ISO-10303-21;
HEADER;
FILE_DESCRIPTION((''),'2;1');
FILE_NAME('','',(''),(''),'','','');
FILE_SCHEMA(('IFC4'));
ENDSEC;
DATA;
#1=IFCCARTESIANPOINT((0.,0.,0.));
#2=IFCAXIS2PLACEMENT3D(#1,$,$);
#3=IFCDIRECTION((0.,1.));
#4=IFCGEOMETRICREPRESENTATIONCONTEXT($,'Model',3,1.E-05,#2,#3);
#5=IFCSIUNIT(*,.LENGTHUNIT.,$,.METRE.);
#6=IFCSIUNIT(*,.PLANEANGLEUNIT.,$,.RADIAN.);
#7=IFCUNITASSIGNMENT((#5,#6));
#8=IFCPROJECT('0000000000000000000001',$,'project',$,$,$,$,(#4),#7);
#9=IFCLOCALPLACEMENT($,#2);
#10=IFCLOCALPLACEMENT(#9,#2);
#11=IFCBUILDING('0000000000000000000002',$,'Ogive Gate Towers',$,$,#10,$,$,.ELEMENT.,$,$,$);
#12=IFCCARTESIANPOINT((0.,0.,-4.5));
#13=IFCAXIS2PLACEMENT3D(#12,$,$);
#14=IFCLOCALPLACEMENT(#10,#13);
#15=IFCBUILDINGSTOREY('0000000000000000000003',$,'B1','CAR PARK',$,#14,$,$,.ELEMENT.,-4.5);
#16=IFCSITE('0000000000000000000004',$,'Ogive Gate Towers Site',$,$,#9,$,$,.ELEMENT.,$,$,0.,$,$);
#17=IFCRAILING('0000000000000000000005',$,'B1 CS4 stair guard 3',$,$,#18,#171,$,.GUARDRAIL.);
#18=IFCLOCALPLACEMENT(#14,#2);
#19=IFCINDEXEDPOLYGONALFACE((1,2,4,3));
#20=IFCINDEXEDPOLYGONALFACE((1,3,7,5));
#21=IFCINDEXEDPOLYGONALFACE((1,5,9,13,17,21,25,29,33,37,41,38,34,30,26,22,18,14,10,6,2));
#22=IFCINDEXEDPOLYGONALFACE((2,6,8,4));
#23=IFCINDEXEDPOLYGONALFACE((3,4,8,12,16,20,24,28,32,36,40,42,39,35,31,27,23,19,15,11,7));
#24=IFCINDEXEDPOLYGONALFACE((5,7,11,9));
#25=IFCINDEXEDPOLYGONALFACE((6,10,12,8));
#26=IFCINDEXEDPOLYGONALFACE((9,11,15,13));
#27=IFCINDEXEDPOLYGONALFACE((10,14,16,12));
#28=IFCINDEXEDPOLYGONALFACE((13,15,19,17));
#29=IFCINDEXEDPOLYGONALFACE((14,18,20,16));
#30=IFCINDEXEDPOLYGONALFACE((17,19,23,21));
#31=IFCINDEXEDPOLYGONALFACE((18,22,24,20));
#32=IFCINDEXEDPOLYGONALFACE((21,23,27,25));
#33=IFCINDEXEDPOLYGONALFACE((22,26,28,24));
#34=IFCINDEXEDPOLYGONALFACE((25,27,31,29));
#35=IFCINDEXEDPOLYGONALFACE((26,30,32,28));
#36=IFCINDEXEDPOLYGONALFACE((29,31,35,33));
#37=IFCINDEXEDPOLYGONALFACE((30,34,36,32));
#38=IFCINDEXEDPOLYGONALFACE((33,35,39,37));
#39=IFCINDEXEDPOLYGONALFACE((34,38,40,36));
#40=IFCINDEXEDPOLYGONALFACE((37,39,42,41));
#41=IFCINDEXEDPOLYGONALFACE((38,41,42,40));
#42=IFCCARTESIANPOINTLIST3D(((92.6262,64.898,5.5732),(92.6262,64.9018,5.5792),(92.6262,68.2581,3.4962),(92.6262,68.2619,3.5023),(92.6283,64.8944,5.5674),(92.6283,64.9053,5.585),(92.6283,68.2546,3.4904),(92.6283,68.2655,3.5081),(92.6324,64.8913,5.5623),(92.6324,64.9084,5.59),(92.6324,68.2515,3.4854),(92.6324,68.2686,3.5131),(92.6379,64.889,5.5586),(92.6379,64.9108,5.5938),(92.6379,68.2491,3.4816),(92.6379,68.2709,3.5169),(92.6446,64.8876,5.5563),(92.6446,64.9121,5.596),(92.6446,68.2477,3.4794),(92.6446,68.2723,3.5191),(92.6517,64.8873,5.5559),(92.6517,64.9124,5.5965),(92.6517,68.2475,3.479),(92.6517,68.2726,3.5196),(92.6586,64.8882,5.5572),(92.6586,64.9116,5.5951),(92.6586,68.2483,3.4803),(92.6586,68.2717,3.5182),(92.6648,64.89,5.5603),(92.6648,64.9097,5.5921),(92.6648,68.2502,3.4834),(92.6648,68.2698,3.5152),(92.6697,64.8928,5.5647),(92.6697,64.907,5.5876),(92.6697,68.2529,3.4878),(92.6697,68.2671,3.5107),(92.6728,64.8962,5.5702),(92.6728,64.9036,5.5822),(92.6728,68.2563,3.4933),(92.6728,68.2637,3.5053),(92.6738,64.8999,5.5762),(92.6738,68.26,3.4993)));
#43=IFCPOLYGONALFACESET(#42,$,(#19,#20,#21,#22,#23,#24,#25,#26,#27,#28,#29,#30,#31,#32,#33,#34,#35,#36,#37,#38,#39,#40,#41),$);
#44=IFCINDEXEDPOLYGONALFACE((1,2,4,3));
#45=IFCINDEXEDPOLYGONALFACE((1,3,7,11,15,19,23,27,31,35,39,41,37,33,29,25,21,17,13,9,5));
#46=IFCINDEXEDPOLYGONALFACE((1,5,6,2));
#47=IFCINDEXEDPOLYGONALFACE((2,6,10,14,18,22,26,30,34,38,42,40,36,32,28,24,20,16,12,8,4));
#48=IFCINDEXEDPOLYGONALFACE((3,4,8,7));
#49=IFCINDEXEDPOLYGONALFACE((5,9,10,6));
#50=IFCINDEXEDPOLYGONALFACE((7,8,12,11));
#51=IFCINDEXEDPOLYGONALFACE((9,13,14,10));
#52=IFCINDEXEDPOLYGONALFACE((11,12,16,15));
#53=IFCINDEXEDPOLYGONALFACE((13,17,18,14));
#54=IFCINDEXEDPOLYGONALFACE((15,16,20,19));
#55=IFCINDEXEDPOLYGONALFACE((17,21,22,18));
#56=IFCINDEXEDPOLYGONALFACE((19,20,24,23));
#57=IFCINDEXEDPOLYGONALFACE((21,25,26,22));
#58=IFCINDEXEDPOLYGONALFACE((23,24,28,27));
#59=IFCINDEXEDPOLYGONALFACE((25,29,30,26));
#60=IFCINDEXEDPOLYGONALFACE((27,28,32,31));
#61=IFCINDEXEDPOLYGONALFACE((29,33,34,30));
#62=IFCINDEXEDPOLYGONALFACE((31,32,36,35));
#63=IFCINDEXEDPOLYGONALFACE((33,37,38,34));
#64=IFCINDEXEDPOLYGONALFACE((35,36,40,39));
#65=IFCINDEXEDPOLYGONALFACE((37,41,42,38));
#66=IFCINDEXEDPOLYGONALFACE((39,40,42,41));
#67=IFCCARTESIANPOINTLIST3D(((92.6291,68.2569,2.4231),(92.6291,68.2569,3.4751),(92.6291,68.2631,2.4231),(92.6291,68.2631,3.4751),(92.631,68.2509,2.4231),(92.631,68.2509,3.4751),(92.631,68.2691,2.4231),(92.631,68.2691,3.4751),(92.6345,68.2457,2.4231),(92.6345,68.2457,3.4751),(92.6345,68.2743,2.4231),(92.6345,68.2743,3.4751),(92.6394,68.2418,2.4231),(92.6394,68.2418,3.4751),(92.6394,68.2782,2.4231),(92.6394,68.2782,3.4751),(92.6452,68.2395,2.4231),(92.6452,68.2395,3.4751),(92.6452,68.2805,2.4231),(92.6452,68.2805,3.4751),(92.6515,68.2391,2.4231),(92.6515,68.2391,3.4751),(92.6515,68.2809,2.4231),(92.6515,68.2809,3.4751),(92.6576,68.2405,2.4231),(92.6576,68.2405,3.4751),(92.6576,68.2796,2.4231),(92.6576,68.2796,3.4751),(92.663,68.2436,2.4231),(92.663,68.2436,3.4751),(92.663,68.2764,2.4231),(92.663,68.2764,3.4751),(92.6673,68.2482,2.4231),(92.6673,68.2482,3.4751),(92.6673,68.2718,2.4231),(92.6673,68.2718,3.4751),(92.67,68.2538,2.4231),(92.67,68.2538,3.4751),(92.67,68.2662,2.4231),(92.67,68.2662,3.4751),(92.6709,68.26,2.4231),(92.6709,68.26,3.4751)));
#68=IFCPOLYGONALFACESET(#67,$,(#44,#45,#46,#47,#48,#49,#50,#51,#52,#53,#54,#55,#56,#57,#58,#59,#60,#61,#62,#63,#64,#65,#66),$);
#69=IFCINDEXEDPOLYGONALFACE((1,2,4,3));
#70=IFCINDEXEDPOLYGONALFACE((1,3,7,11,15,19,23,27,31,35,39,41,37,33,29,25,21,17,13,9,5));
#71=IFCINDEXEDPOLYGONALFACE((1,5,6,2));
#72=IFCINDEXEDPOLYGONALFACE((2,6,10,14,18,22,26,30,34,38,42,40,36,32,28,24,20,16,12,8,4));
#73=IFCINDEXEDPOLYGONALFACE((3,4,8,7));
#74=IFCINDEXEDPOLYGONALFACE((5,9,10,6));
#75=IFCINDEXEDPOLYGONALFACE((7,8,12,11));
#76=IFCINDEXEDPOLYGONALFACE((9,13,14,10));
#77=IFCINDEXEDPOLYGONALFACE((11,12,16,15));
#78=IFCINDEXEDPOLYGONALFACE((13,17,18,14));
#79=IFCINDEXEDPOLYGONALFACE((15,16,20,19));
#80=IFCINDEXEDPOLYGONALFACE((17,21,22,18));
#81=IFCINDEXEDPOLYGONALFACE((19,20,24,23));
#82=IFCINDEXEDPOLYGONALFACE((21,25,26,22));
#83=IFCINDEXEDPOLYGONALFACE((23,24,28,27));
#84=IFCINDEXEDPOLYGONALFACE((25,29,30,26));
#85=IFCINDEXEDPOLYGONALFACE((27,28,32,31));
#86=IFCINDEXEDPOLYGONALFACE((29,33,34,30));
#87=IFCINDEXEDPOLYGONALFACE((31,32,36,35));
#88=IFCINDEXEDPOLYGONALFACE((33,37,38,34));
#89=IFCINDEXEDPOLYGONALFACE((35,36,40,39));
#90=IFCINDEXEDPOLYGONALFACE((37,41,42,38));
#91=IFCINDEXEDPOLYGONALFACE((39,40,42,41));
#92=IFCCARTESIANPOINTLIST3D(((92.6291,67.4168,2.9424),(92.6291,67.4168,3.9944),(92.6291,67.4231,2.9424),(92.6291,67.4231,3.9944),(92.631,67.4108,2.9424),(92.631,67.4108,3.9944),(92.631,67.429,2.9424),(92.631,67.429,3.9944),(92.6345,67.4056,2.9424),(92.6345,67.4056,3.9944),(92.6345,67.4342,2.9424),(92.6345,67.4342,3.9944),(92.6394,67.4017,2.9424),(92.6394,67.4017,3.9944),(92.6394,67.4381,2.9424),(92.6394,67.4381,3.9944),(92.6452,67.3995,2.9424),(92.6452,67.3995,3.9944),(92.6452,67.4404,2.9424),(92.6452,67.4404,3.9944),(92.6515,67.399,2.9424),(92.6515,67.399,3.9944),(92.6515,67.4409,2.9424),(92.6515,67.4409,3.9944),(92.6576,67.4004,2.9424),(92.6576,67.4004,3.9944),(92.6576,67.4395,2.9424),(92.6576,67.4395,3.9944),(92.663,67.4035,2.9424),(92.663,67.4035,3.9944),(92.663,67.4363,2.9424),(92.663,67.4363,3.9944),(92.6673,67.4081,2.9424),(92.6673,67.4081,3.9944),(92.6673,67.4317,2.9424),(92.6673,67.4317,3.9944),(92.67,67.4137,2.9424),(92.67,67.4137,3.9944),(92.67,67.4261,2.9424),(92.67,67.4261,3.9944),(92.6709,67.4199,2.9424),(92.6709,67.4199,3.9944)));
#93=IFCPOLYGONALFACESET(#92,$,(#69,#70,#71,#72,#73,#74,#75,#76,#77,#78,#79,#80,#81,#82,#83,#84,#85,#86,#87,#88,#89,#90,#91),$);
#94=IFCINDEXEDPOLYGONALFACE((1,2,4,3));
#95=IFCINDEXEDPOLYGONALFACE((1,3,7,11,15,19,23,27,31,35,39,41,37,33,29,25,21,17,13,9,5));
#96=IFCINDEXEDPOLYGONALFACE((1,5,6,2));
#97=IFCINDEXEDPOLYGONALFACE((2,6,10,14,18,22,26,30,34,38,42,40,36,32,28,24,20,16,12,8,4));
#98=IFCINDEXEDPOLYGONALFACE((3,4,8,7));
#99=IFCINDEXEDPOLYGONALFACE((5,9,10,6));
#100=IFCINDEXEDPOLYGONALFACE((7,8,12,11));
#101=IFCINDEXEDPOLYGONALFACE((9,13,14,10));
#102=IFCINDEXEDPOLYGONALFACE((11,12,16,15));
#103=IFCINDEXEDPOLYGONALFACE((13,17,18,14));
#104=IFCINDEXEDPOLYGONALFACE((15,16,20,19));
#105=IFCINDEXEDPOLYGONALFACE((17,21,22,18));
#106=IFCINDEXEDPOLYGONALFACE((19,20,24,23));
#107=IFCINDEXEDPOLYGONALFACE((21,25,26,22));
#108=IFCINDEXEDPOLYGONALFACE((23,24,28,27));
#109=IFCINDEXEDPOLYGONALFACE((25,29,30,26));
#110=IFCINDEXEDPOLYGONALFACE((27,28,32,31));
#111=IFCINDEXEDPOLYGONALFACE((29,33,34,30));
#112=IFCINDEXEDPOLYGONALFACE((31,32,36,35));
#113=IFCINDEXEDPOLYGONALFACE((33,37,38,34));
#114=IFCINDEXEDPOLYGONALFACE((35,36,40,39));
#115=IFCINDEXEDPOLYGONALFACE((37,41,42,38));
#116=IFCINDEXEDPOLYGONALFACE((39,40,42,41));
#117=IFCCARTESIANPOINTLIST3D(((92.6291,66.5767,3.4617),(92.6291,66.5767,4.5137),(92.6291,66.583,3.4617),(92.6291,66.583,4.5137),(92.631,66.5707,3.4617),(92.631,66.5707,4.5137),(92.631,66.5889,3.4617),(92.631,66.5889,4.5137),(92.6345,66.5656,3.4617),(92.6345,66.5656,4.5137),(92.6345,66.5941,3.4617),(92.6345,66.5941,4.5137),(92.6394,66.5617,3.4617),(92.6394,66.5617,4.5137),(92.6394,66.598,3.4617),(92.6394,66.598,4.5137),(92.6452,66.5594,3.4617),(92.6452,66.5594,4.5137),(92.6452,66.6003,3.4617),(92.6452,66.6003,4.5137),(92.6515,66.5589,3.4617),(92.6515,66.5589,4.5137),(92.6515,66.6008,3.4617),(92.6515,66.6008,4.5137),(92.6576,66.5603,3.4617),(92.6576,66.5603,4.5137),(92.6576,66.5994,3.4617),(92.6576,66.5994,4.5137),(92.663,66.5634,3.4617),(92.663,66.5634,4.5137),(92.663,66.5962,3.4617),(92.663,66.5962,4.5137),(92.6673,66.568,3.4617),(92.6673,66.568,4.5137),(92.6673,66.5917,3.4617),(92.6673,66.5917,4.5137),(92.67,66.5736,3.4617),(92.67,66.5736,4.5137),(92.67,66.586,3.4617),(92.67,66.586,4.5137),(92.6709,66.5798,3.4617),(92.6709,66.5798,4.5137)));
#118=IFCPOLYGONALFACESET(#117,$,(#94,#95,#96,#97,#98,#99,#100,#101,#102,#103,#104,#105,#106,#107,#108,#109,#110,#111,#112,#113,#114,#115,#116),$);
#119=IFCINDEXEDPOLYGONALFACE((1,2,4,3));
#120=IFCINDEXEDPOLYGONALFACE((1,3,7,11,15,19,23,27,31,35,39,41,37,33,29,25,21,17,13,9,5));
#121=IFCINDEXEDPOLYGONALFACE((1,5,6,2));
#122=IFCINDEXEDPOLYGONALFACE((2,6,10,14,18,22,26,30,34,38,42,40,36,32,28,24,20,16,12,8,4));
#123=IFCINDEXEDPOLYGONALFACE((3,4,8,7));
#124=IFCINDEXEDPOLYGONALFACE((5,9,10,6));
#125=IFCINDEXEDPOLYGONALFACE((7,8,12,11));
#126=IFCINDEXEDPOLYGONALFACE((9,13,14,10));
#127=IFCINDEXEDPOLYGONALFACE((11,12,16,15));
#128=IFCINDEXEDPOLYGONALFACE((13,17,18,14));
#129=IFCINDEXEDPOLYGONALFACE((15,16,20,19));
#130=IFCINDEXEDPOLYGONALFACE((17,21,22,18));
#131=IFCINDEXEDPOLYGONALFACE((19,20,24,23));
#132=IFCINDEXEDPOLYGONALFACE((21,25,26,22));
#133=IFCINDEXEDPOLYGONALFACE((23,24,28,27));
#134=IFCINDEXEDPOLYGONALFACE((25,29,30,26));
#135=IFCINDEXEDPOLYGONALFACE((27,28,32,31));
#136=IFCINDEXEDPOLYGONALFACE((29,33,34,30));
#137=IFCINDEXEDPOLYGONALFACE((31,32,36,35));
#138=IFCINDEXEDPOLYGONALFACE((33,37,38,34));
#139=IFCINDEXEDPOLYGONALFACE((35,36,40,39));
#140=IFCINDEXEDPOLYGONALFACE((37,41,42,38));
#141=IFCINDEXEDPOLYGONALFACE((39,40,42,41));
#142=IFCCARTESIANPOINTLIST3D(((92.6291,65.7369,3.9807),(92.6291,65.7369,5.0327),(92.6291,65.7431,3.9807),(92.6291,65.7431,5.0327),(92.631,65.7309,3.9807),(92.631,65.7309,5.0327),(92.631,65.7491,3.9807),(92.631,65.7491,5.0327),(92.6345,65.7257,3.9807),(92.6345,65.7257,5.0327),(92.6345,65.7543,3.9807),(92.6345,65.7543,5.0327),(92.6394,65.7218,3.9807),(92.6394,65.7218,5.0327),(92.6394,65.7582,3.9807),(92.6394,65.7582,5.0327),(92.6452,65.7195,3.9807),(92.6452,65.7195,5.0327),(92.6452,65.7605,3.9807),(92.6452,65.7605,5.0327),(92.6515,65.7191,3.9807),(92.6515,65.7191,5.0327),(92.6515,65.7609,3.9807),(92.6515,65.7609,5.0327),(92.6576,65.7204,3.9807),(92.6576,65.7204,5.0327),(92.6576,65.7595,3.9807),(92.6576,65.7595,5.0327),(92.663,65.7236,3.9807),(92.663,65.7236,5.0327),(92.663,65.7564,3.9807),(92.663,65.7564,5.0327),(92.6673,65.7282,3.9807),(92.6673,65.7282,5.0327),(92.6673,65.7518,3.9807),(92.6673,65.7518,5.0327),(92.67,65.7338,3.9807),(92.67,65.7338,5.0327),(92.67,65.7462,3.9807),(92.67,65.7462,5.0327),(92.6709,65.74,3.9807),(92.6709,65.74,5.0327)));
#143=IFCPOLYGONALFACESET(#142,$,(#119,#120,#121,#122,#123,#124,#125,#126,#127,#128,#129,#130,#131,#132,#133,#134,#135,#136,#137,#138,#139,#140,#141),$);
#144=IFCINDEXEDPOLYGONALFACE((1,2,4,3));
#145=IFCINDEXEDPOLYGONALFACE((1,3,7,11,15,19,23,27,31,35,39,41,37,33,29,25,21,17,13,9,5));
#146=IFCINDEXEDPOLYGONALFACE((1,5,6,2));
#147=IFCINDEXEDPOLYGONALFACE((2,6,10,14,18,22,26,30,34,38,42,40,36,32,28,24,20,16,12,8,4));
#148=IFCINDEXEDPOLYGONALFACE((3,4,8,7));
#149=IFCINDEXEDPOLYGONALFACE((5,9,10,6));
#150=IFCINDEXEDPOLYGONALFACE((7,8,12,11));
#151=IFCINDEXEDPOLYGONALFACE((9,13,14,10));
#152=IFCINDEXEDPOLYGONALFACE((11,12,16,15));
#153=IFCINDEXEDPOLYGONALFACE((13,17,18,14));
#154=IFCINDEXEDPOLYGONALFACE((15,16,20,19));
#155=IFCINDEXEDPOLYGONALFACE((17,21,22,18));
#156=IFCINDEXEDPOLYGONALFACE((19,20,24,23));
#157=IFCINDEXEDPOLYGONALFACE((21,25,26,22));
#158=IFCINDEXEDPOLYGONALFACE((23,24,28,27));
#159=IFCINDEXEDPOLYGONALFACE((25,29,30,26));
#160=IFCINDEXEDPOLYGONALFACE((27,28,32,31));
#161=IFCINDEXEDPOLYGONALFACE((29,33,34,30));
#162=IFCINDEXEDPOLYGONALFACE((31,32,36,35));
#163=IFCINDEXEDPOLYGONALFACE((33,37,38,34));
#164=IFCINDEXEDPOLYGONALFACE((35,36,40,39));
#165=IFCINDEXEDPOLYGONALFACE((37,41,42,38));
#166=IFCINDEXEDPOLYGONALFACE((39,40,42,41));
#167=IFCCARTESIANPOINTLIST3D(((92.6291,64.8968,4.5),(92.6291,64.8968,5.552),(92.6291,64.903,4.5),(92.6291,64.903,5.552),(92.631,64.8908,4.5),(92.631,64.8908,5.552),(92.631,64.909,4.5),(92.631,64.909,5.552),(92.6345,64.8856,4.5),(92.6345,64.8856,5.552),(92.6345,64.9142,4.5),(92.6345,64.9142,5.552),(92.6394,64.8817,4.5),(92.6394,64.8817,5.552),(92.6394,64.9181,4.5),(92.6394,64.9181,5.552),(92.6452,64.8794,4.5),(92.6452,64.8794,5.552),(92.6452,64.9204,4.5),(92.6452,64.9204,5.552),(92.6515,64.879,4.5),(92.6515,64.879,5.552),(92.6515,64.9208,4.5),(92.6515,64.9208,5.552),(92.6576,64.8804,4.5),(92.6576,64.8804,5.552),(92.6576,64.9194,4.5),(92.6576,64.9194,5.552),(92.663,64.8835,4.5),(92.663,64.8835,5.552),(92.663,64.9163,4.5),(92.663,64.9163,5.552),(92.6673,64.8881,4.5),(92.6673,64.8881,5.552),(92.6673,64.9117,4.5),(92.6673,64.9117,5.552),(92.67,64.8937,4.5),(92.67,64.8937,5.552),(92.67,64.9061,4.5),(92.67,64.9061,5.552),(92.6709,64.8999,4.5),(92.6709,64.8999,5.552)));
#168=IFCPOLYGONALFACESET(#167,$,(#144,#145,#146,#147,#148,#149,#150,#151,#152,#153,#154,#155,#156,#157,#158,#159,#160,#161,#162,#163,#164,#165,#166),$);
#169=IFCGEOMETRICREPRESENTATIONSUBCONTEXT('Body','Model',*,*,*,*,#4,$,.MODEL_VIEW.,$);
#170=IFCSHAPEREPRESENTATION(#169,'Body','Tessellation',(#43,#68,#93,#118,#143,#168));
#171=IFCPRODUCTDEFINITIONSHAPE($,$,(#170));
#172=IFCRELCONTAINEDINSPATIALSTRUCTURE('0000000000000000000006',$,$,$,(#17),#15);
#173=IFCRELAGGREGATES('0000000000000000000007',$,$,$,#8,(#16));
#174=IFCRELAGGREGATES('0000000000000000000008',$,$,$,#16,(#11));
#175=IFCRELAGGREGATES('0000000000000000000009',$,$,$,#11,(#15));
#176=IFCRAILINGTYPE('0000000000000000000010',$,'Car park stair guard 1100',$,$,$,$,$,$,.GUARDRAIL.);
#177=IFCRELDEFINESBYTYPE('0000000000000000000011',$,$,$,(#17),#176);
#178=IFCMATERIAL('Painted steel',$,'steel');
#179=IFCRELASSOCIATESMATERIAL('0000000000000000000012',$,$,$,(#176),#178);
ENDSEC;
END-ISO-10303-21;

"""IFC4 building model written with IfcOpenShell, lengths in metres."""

from ifc_helpers import new_model, si_unit, direction, frame, origin, origin_2d, place, context, subcontext, project, spatial, circle, extrude, material, type_object, element, save


model = new_model("IFC4")

# Units and contexts
model_context = context("Model", 3, precision=1e-05, world=origin(), true_north=direction((0.0, 1.0)))
body_context = subcontext(model_context, "Body", "Model", "MODEL_VIEW")
ifc_project = project(units=[si_unit("LENGTHUNIT", "METRE"), si_unit("PLANEANGLEUNIT", "RADIAN")], contexts=[model_context])

# Site, building, storey
site_placement = place(None, origin())
site = spatial("IfcSite", under=ifc_project, at=site_placement, Name="Ogive Gate Towers Site", CompositionType="ELEMENT", RefElevation=0.0)
building_placement = place(site_placement, origin())
building = spatial("IfcBuilding", under=site, at=building_placement, Name="Ogive Gate Towers", CompositionType="ELEMENT")
storey_placement = place(building_placement, frame((0.0, 0.0, -4.5)))
storey = spatial("IfcBuildingStorey", under=building, at=storey_placement, Name="B1", Description="CAR PARK", CompositionType="ELEMENT", Elevation=-4.5)

# Railing
ifc_material_1 = material(Name="Painted steel", Category="steel")
railing_type_1 = type_object("IfcRailingType", Name="Car park stair guard 1100", PredefinedType="GUARDRAIL", material=ifc_material_1)
railing_1_placement = place(storey_placement, frame((92.6499, 68.26, 2.4231)))
element("IfcRailing", 1, at=railing_1_placement, inside=storey, type_object=railing_type_1, Name="B1 CS4 stair guard 3", PredefinedType="GUARDRAIL", context=body_context, shape_type="SweptSolid", body=[
    extrude(circle(Radius=0.0239, at=origin_2d()), frame((0.0, 0.0, 1.0762), z_axis=(0.0, -0.850623, 0.525776), x_axis=(1.0, 0.0, 0.0)), (0.0, 0.0, 1.0), 3.9502),
    extrude(circle(Radius=0.021, at=origin_2d()), origin(), (0.0, 0.0, 1.0), 1.052),
    extrude(circle(Radius=0.021, at=origin_2d()), frame((0.0, -0.8401, 0.5193)), (0.0, 0.0, 1.0), 1.052),
    extrude(circle(Radius=0.021, at=origin_2d()), frame((0.0, -1.6802, 1.0386)), (0.0, 0.0, 1.0), 1.052),
    extrude(circle(Radius=0.021, at=origin_2d()), frame((0.0, -2.52, 1.5576)), (0.0, 0.0, 1.0), 1.052),
    extrude(circle(Radius=0.021, at=origin_2d()), frame((0.0, -3.3601, 2.0769)), (0.0, 0.0, 1.0), 1.052),
])

save(model, "model.ifc")
